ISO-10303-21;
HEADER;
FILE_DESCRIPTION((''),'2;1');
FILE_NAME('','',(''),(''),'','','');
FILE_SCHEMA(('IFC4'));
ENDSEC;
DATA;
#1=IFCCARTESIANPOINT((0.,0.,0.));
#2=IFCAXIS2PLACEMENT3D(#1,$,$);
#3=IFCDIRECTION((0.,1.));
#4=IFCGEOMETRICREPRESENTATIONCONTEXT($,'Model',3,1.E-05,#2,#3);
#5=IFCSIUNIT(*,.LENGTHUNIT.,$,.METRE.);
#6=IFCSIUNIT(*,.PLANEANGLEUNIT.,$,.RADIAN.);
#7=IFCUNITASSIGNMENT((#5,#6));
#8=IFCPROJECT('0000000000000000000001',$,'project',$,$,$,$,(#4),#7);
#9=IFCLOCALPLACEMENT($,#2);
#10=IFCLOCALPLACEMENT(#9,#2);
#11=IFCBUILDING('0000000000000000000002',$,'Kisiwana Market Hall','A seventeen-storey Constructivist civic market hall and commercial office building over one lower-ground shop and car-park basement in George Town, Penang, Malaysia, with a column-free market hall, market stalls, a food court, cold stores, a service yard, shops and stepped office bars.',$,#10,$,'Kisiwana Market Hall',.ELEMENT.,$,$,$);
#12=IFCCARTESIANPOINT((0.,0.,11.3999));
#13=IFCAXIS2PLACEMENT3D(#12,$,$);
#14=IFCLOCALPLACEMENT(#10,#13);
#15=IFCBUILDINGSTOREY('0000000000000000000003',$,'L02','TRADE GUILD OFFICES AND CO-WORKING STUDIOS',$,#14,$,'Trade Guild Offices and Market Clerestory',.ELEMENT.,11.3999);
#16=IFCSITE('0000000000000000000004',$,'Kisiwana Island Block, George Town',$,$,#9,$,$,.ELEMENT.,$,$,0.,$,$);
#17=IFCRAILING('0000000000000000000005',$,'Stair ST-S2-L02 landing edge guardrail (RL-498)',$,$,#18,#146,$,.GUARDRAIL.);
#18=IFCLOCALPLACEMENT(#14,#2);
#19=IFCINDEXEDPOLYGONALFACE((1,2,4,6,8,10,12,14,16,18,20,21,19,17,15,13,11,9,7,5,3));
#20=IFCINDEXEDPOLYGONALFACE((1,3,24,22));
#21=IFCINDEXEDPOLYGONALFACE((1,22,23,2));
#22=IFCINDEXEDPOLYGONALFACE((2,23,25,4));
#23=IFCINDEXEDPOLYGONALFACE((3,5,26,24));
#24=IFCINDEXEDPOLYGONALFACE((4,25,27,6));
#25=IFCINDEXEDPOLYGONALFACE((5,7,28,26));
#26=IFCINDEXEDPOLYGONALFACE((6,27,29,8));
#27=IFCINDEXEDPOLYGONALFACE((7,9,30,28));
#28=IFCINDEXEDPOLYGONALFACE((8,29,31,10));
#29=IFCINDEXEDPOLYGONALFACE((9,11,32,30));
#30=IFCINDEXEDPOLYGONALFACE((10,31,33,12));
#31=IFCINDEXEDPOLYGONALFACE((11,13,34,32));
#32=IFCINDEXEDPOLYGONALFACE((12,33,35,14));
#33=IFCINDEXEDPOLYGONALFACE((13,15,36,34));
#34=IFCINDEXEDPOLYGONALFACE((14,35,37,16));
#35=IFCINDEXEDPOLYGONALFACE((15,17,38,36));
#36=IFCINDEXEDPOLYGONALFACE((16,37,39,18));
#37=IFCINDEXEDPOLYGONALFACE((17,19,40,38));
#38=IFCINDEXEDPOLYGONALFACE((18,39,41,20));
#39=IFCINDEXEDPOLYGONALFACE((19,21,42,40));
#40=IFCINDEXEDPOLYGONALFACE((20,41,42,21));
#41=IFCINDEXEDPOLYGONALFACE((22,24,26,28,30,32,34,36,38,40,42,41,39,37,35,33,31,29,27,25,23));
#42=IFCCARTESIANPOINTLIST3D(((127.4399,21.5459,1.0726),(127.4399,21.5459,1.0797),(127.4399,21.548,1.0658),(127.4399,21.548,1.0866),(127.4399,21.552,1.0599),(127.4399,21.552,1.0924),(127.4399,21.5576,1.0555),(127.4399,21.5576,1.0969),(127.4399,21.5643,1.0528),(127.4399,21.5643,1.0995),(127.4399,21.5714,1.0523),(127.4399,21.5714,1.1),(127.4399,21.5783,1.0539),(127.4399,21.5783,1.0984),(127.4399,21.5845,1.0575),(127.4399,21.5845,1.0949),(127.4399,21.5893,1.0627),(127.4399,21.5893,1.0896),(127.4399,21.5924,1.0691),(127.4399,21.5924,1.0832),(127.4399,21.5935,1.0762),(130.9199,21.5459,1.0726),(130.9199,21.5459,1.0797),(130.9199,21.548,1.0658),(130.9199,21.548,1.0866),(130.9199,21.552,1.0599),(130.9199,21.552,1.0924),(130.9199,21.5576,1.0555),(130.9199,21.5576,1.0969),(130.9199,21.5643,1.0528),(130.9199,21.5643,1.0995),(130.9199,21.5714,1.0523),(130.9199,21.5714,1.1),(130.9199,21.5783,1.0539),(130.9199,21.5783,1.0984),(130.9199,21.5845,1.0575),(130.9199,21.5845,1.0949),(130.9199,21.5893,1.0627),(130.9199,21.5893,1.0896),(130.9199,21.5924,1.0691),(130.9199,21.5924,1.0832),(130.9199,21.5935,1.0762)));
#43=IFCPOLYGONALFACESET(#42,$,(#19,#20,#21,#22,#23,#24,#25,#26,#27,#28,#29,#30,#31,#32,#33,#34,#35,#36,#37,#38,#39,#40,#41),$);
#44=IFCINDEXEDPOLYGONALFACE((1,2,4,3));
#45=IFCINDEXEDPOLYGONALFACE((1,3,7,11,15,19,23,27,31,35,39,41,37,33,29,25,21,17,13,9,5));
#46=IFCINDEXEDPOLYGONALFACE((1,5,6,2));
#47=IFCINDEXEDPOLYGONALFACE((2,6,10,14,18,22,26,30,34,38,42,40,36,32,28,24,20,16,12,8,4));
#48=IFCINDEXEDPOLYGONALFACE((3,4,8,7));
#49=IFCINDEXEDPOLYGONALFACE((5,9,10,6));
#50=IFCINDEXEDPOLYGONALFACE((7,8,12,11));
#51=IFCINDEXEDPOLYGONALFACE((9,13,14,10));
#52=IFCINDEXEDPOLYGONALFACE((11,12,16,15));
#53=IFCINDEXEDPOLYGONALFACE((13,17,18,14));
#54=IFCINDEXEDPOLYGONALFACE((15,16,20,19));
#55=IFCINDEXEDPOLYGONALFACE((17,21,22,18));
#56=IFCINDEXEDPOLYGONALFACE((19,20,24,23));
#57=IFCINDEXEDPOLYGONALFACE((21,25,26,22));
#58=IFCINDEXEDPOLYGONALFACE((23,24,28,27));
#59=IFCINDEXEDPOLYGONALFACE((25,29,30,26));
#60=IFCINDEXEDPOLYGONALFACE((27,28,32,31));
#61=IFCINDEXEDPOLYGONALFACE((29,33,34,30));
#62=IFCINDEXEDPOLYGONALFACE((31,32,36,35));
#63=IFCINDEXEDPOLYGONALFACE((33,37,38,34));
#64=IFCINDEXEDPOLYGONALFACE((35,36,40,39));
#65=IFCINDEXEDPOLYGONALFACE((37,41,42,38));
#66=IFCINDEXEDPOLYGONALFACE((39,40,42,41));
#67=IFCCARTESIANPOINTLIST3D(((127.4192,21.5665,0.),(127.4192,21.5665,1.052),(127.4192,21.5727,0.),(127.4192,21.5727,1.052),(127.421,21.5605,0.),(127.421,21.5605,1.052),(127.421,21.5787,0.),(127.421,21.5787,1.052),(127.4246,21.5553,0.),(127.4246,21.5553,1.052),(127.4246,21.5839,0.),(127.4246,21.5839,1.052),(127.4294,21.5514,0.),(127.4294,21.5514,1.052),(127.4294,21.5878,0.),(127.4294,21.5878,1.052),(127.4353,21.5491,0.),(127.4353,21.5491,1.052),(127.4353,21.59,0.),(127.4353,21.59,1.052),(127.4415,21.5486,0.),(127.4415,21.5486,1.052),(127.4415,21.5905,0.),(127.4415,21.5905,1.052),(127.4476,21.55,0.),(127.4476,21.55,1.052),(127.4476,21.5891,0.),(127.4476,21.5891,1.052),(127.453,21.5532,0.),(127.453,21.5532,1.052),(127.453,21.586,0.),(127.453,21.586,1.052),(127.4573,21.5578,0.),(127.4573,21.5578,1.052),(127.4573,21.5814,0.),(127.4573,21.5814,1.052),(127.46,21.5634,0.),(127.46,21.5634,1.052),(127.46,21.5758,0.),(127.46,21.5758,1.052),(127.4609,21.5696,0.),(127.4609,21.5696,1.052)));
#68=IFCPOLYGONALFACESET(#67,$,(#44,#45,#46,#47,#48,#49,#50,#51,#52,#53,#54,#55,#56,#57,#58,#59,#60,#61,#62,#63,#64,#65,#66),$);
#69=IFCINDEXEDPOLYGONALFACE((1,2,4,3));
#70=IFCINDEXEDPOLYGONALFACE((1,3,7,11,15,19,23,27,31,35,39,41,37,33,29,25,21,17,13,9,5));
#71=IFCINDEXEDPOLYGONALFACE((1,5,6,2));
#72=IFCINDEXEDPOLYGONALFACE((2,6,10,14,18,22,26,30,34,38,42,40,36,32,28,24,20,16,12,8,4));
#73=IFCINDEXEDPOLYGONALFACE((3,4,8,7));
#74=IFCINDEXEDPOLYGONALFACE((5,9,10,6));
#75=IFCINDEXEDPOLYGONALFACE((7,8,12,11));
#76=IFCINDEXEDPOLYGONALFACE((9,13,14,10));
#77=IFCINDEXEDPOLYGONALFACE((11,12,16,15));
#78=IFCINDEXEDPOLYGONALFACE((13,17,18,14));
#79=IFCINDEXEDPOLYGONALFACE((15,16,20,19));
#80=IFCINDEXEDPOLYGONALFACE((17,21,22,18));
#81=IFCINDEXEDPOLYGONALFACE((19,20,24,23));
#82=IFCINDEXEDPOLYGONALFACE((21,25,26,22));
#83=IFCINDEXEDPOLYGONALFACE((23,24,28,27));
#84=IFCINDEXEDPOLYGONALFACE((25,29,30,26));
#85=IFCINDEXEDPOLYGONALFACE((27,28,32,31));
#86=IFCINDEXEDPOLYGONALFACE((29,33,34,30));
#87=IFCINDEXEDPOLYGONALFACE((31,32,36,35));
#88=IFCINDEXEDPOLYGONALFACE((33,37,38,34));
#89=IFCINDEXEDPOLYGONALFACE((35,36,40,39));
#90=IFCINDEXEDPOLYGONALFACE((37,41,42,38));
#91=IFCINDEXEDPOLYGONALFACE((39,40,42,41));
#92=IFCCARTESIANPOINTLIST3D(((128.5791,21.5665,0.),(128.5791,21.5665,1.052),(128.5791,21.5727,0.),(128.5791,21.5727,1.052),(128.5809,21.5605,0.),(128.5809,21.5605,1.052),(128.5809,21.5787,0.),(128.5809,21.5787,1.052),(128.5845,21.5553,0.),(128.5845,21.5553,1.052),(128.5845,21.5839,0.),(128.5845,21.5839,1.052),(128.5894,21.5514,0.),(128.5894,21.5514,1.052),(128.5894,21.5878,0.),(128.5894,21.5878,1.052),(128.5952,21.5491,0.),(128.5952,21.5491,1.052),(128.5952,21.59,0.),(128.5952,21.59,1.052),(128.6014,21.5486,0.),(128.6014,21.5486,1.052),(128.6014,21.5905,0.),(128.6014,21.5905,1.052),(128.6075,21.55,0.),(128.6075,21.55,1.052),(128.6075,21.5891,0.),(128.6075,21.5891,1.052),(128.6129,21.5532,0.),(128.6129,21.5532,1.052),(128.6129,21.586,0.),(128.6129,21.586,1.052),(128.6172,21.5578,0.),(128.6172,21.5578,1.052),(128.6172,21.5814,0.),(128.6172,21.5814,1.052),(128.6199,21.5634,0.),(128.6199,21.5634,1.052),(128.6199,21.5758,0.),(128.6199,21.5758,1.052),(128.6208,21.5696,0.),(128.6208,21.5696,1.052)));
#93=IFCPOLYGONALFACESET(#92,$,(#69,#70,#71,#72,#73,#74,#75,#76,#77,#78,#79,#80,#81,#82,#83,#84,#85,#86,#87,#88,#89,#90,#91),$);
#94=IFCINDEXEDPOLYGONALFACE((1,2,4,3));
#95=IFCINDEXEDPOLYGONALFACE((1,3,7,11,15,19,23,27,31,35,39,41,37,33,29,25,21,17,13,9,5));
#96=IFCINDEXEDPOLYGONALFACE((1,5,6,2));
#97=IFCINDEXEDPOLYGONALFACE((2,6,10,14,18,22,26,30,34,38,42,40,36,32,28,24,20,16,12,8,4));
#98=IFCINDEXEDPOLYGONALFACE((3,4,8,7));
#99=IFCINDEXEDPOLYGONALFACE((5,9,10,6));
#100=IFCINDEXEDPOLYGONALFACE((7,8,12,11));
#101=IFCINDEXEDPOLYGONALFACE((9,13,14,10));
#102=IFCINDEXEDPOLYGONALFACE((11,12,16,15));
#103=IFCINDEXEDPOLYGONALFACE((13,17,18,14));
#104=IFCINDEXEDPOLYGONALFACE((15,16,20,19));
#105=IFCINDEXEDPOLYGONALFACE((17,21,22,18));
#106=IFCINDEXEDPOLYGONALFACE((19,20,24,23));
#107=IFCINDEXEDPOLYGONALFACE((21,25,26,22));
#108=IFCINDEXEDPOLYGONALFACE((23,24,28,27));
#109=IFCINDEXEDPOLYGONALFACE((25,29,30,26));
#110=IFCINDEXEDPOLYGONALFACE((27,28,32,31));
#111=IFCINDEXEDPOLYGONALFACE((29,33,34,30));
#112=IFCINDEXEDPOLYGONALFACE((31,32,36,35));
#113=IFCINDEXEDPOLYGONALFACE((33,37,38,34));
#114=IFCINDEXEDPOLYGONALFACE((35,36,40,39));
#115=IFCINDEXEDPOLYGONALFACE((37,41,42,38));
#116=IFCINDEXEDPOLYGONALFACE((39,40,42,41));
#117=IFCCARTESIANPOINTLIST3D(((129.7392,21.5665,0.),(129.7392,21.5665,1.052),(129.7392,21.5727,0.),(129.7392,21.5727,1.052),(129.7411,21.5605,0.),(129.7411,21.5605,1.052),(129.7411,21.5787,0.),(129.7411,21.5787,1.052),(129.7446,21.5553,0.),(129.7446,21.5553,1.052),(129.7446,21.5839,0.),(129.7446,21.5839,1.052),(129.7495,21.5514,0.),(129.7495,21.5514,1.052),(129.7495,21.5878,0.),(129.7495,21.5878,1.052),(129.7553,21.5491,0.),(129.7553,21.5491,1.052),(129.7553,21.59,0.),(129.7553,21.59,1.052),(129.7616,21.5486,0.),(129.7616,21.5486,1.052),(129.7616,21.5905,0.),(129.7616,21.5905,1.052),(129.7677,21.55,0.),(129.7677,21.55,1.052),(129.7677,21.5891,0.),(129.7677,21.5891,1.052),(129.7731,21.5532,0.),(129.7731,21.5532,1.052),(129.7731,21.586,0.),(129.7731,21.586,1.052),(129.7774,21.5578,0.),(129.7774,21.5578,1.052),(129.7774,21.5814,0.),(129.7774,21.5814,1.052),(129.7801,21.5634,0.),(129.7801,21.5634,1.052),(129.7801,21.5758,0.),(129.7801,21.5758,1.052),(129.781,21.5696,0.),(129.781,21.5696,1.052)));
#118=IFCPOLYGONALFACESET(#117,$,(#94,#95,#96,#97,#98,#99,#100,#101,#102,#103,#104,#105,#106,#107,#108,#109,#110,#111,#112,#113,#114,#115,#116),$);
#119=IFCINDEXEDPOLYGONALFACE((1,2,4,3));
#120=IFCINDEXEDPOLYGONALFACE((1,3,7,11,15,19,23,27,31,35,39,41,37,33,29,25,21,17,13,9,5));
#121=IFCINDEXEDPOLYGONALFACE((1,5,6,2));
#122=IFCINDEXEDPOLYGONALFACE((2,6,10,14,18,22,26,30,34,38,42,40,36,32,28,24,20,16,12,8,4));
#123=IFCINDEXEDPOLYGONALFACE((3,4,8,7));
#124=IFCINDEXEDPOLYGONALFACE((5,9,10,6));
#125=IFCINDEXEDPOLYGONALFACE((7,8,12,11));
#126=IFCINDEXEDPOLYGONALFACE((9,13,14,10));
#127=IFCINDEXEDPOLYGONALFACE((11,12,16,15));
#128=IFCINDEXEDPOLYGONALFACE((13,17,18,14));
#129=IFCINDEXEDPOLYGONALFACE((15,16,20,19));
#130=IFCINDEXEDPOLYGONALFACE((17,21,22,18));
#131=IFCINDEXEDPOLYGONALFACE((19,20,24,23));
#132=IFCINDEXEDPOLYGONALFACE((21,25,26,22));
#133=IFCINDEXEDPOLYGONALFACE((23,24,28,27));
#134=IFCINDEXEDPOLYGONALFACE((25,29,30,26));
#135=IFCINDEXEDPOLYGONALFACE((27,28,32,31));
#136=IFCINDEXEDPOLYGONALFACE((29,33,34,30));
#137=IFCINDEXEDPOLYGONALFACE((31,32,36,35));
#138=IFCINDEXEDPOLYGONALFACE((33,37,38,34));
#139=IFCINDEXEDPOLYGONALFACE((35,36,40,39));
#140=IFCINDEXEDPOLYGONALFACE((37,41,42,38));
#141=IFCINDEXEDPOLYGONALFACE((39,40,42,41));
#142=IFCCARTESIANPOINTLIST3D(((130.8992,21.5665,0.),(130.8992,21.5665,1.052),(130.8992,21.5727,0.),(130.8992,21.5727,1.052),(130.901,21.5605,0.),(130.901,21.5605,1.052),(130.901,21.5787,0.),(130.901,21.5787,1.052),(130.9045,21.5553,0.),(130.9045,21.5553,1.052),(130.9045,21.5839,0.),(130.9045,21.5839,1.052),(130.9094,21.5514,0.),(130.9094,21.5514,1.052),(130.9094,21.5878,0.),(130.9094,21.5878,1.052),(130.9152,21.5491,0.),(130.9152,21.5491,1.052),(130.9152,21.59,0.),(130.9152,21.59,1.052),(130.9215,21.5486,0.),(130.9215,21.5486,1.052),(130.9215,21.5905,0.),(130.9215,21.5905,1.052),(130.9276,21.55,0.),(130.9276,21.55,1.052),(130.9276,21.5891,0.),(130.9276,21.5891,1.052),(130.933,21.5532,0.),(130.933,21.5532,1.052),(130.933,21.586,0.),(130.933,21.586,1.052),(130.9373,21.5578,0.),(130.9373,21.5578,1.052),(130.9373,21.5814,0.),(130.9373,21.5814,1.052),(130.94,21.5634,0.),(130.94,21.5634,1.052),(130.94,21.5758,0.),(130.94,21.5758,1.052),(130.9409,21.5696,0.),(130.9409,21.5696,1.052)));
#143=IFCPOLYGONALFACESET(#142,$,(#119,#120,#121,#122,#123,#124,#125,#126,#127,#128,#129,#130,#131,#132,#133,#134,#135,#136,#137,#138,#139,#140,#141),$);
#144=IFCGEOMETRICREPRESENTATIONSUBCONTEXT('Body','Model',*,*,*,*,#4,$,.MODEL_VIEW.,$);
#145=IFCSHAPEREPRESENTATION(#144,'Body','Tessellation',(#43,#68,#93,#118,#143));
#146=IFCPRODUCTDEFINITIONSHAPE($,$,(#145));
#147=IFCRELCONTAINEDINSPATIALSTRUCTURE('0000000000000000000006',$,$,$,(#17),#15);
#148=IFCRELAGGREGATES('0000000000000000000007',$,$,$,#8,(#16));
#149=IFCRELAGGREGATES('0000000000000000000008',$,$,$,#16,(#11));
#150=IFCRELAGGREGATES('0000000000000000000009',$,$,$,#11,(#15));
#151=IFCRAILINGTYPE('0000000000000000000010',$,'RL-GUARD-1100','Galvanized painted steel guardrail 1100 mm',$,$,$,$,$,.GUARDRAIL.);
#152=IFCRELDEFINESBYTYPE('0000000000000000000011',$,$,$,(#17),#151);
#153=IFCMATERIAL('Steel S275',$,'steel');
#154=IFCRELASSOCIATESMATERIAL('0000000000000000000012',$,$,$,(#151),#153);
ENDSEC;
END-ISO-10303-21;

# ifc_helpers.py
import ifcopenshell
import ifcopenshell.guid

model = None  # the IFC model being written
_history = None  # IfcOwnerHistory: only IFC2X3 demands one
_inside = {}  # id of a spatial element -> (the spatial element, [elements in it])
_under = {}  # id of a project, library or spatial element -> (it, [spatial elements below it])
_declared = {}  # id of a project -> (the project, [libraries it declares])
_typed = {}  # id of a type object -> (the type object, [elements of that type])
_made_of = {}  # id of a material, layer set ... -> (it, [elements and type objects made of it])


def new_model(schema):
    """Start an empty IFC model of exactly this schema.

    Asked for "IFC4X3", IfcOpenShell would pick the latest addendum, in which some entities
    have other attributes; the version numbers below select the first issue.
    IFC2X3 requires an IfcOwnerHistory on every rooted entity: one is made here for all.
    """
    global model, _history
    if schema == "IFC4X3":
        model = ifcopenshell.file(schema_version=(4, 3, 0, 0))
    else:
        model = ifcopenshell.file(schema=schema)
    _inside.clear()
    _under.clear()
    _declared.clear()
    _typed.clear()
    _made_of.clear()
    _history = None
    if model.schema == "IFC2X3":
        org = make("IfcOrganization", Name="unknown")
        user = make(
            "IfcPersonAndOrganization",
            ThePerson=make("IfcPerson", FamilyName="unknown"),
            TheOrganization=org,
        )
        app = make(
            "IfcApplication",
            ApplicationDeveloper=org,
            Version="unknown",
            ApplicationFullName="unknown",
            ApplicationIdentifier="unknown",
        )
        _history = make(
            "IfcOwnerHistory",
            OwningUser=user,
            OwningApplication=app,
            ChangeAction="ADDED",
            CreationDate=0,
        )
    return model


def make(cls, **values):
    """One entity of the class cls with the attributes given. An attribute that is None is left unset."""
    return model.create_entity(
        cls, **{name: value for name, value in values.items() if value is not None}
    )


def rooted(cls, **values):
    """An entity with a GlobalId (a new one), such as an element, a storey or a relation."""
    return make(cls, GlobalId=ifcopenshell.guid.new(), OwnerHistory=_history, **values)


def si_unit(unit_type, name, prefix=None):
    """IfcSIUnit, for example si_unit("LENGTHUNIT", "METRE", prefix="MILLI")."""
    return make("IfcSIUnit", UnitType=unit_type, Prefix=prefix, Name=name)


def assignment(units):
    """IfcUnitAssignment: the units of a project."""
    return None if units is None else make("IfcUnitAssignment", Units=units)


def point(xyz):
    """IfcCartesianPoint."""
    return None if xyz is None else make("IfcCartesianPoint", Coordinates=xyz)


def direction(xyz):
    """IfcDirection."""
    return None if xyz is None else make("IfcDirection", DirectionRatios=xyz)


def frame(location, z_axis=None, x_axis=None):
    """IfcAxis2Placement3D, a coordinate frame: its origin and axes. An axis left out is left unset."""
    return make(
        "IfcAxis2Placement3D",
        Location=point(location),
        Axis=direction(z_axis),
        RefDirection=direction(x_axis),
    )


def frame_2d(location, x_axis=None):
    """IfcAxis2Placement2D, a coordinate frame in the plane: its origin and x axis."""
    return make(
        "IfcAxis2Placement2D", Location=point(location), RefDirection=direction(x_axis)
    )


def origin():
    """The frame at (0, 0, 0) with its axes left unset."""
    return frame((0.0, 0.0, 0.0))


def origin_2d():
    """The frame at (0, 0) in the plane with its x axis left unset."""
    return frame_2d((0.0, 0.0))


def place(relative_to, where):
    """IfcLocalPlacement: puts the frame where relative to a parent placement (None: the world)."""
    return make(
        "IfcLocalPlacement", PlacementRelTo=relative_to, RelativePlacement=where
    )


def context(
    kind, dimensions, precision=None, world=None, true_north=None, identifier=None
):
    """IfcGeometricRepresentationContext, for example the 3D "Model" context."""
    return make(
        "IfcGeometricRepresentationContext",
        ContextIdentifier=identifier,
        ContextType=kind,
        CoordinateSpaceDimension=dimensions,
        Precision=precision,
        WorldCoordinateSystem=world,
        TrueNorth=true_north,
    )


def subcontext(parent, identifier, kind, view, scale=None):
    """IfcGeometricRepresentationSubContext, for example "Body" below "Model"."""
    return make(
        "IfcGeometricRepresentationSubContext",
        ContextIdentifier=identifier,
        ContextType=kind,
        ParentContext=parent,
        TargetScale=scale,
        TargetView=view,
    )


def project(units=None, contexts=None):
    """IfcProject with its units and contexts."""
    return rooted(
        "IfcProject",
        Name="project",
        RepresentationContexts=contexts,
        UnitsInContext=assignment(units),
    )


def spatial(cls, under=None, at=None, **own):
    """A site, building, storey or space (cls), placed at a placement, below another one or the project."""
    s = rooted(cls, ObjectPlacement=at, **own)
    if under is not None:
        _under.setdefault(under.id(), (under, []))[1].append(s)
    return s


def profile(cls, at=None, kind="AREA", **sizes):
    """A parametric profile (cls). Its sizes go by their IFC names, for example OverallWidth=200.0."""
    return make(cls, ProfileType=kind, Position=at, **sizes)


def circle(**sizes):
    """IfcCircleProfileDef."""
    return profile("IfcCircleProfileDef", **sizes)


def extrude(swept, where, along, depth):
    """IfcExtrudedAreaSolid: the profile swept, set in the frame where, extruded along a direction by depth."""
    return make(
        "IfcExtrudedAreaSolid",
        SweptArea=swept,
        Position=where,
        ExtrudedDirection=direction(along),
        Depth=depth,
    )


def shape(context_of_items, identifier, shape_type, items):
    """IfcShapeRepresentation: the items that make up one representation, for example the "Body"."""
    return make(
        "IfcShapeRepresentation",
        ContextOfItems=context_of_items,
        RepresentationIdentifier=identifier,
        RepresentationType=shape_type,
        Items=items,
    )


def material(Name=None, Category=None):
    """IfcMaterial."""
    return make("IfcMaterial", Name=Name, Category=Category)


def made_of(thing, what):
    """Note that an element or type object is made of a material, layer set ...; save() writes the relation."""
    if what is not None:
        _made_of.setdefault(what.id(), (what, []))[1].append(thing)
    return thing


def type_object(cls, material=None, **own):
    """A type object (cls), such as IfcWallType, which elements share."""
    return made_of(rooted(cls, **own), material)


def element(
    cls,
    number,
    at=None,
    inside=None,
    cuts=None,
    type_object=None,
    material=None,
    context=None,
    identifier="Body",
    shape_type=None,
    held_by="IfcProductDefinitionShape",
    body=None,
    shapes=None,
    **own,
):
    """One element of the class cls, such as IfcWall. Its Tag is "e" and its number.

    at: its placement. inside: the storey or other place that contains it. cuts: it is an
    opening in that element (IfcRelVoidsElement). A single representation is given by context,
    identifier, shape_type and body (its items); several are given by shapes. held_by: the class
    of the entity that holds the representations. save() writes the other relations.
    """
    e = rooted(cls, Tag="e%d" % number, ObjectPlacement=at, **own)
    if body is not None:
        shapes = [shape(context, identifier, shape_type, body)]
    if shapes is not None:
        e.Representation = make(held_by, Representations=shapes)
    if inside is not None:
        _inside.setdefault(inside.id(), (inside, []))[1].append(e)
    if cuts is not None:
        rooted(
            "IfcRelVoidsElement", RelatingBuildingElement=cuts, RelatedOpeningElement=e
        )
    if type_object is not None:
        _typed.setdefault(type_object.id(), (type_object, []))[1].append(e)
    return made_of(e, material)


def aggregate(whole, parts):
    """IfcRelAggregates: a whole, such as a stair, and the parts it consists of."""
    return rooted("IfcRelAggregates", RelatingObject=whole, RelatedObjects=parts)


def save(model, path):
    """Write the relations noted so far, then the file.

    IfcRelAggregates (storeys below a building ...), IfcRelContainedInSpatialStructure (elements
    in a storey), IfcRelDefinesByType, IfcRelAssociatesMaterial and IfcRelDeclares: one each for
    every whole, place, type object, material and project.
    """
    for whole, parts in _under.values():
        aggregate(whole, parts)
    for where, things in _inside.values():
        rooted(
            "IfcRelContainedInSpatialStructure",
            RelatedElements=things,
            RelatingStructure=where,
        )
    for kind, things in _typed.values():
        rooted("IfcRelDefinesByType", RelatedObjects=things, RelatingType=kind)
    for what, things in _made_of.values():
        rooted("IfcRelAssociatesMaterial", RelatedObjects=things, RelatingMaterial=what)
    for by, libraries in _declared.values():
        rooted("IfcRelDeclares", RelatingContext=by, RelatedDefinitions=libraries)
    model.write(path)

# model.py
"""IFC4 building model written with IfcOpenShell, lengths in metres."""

from ifc_helpers import new_model, si_unit, direction, frame, origin, origin_2d, place, context, subcontext, project, spatial, circle, extrude, material, type_object, element, save


model = new_model("IFC4")

# Units and contexts
model_context = context("Model", 3, precision=1e-05, world=origin(), true_north=direction((0.0, 1.0)))
body_context = subcontext(model_context, "Body", "Model", "MODEL_VIEW")
ifc_project = project(units=[si_unit("LENGTHUNIT", "METRE"), si_unit("PLANEANGLEUNIT", "RADIAN")], contexts=[model_context])

# Site, building, storey
site_placement = place(None, origin())
site = spatial("IfcSite", under=ifc_project, at=site_placement, Name="Kisiwana Island Block, George Town", CompositionType="ELEMENT", RefElevation=0.0)
building_placement = place(site_placement, origin())
building = spatial("IfcBuilding", under=site, at=building_placement, Name="Kisiwana Market Hall", Description="A seventeen-storey Constructivist civic market hall and commercial office building over one lower-ground shop and car-park basement in George Town, Penang, Malaysia, with a column-free market hall, market stalls, a food court, cold stores, a service yard, shops and stepped office bars.", LongName="Kisiwana Market Hall", CompositionType="ELEMENT")
storey_placement = place(building_placement, frame((0.0, 0.0, 11.3999)))
storey = spatial("IfcBuildingStorey", under=building, at=storey_placement, Name="L02", Description="TRADE GUILD OFFICES AND CO-WORKING STUDIOS", LongName="Trade Guild Offices and Market Clerestory", CompositionType="ELEMENT", Elevation=11.3999)

# Railing
ifc_material_1 = material(Name="Steel S275", Category="steel")
railing_type_1 = type_object("IfcRailingType", Name="RL-GUARD-1100", Description="Galvanized painted steel guardrail 1100 mm", PredefinedType="GUARDRAIL", material=ifc_material_1)
railing_placement = place(storey_placement, frame((127.4399, 21.5696, 0.0)))
element("IfcRailing", 1, at=railing_placement, inside=storey, type_object=railing_type_1, Name="Stair ST-S2-L02 landing edge guardrail (RL-498)", PredefinedType="GUARDRAIL", context=body_context, shape_type="SweptSolid", body=[
    extrude(circle(Radius=0.0239, at=origin_2d()), frame((0.0, 0.0, 1.0762), z_axis=(1.0, 0.0, 0.0), x_axis=(0.0, 1.0, 0.0)), (0.0, 0.0, 1.0), 3.48),
    extrude(circle(Radius=0.021, at=origin_2d()), origin(), (0.0, 0.0, 1.0), 1.052),
    extrude(circle(Radius=0.021, at=origin_2d()), frame((1.1599, 0.0, 0.0)), (0.0, 0.0, 1.0), 1.052),
    extrude(circle(Radius=0.021, at=origin_2d()), frame((2.3201, 0.0, 0.0)), (0.0, 0.0, 1.0), 1.052),
    extrude(circle(Radius=0.021, at=origin_2d()), frame((3.48, 0.0, 0.0)), (0.0, 0.0, 1.0), 1.052),
])

save(model, "model.ifc")
